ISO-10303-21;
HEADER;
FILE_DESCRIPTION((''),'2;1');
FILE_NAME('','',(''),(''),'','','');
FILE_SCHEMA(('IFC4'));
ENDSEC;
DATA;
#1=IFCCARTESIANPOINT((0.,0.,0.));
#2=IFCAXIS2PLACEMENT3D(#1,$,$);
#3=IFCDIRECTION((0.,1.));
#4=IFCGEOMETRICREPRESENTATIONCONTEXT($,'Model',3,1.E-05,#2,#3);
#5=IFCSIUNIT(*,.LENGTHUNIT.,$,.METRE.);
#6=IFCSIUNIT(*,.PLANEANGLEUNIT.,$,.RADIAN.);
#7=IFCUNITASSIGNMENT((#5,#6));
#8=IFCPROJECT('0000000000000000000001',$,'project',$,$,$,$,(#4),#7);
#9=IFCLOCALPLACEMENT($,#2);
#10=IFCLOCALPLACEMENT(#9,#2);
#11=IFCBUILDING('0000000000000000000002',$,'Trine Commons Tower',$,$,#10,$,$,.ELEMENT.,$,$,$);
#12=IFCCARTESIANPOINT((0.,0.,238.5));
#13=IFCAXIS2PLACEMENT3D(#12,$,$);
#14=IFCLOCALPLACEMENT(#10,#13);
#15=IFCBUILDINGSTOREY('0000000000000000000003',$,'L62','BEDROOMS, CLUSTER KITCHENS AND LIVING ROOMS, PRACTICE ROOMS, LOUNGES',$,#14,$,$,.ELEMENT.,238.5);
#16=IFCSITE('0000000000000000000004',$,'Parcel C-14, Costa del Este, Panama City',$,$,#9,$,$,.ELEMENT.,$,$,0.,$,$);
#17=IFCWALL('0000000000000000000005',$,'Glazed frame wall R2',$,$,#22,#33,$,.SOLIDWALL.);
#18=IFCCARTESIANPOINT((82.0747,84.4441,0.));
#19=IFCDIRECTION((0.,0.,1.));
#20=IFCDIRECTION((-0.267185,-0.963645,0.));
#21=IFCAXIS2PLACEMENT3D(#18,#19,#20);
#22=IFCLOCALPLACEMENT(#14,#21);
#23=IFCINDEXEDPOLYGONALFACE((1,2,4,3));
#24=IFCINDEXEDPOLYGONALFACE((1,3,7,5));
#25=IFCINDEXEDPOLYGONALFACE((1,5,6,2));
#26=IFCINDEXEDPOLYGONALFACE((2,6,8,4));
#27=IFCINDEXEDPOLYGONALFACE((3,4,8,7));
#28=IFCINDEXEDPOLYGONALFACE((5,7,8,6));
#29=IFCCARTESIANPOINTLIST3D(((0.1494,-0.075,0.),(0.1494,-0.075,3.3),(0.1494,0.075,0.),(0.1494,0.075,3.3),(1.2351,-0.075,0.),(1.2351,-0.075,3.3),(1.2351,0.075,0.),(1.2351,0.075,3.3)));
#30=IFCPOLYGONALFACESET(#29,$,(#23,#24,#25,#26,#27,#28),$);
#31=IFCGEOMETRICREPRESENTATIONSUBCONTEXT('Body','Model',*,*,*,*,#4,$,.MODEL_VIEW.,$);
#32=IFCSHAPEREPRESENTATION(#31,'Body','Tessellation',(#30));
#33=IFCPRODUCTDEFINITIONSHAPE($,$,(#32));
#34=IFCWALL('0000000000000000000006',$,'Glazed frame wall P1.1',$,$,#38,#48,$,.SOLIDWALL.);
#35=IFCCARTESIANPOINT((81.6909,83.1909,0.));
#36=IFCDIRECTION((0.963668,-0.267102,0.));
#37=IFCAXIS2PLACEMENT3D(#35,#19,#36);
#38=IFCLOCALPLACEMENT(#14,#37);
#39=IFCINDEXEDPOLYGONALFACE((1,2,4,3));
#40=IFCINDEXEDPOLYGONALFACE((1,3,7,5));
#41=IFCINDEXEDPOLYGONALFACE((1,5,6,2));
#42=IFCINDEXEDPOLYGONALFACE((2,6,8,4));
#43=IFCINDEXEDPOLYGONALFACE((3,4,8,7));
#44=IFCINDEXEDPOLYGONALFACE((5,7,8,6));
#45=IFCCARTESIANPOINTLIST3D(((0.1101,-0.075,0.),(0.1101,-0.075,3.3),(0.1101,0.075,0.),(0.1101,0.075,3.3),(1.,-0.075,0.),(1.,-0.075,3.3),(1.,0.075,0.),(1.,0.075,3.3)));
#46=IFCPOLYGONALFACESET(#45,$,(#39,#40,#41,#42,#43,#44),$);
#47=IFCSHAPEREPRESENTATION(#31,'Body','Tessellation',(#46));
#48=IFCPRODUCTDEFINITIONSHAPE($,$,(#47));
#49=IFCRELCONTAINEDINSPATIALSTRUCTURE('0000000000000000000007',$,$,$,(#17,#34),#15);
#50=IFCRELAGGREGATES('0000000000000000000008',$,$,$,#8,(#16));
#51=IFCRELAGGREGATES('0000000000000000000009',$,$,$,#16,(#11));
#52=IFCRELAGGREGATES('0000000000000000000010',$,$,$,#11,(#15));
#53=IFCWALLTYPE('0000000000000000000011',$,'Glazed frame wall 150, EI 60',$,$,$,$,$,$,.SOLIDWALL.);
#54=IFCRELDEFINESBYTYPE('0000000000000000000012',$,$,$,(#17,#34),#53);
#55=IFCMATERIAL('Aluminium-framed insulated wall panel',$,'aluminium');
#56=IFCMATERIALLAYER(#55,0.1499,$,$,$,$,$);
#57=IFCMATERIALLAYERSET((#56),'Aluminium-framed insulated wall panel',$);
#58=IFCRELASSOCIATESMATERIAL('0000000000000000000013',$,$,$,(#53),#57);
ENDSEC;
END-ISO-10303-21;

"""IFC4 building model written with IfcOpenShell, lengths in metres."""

from ifc_helpers import new_model, si_unit, direction, frame, origin, place, context, subcontext, project, spatial, polyline, outline, extrude, material, layer, layer_set, type_object, element, save


model = new_model("IFC4")

# Units and contexts
model_context = context("Model", 3, precision=1e-05, world=origin(), true_north=direction((0.0, 1.0)))
body_context = subcontext(model_context, "Body", "Model", "MODEL_VIEW")
ifc_project = project(units=[si_unit("LENGTHUNIT", "METRE"), si_unit("PLANEANGLEUNIT", "RADIAN")], contexts=[model_context])

# Site, building, storey
site_placement = place(None, origin())
site = spatial("IfcSite", under=ifc_project, at=site_placement, Name="Parcel C-14, Costa del Este, Panama City", CompositionType="ELEMENT", RefElevation=0.0)
building_placement = place(site_placement, origin())
building = spatial("IfcBuilding", under=site, at=building_placement, Name="Trine Commons Tower", CompositionType="ELEMENT")
storey_placement = place(building_placement, frame((0.0, 0.0, 238.5)))
storey = spatial("IfcBuildingStorey", under=building, at=storey_placement, Name="L62", Description="BEDROOMS, CLUSTER KITCHENS AND LIVING ROOMS, PRACTICE ROOMS, LOUNGES", CompositionType="ELEMENT", Elevation=238.5)

# Walls
ifc_material_1 = material(Name="Aluminium-framed insulated wall panel", Category="aluminium")
ifc_layer_1 = layer(ifc_material_1, 0.1499)
ifc_layer_set_1 = layer_set([ifc_layer_1], Name="Aluminium-framed insulated wall panel")
wall_type_1 = type_object("IfcWallType", Name="Glazed frame wall 150, EI 60", PredefinedType="SOLIDWALL", material=ifc_layer_set_1)
wall_1_placement = place(storey_placement, frame((82.0747, 84.4441, 0.0), z_axis=(0.0, 0.0, 1.0), x_axis=(-0.267185, -0.963645, 0.0)))
element("IfcWall", 1, at=wall_1_placement, inside=storey, type_object=wall_type_1, Name="Glazed frame wall R2", PredefinedType="SOLIDWALL", context=body_context, shape_type="SweptSolid", body=[
    extrude(outline(polyline([(0.1494, 0.075), (0.1494, -0.075), (1.2351, -0.075), (1.2351, 0.075), (0.1494, 0.075)])), origin(), (0.0, 0.0, 1.0), 3.3),
])
wall_2_placement = place(storey_placement, frame((81.6909, 83.1909, 0.0), z_axis=(0.0, 0.0, 1.0), x_axis=(0.963668, -0.267102, 0.0)))
element("IfcWall", 2, at=wall_2_placement, inside=storey, type_object=wall_type_1, Name="Glazed frame wall P1.1", PredefinedType="SOLIDWALL", context=body_context, shape_type="SweptSolid", body=[
    extrude(outline(polyline([(0.1101, -0.075), (1.0, -0.075), (1.0, 0.075), (0.1101, 0.075), (0.1101, -0.075)])), origin(), (0.0, 0.0, 1.0), 3.3),
])

save(model, "model.ifc")
